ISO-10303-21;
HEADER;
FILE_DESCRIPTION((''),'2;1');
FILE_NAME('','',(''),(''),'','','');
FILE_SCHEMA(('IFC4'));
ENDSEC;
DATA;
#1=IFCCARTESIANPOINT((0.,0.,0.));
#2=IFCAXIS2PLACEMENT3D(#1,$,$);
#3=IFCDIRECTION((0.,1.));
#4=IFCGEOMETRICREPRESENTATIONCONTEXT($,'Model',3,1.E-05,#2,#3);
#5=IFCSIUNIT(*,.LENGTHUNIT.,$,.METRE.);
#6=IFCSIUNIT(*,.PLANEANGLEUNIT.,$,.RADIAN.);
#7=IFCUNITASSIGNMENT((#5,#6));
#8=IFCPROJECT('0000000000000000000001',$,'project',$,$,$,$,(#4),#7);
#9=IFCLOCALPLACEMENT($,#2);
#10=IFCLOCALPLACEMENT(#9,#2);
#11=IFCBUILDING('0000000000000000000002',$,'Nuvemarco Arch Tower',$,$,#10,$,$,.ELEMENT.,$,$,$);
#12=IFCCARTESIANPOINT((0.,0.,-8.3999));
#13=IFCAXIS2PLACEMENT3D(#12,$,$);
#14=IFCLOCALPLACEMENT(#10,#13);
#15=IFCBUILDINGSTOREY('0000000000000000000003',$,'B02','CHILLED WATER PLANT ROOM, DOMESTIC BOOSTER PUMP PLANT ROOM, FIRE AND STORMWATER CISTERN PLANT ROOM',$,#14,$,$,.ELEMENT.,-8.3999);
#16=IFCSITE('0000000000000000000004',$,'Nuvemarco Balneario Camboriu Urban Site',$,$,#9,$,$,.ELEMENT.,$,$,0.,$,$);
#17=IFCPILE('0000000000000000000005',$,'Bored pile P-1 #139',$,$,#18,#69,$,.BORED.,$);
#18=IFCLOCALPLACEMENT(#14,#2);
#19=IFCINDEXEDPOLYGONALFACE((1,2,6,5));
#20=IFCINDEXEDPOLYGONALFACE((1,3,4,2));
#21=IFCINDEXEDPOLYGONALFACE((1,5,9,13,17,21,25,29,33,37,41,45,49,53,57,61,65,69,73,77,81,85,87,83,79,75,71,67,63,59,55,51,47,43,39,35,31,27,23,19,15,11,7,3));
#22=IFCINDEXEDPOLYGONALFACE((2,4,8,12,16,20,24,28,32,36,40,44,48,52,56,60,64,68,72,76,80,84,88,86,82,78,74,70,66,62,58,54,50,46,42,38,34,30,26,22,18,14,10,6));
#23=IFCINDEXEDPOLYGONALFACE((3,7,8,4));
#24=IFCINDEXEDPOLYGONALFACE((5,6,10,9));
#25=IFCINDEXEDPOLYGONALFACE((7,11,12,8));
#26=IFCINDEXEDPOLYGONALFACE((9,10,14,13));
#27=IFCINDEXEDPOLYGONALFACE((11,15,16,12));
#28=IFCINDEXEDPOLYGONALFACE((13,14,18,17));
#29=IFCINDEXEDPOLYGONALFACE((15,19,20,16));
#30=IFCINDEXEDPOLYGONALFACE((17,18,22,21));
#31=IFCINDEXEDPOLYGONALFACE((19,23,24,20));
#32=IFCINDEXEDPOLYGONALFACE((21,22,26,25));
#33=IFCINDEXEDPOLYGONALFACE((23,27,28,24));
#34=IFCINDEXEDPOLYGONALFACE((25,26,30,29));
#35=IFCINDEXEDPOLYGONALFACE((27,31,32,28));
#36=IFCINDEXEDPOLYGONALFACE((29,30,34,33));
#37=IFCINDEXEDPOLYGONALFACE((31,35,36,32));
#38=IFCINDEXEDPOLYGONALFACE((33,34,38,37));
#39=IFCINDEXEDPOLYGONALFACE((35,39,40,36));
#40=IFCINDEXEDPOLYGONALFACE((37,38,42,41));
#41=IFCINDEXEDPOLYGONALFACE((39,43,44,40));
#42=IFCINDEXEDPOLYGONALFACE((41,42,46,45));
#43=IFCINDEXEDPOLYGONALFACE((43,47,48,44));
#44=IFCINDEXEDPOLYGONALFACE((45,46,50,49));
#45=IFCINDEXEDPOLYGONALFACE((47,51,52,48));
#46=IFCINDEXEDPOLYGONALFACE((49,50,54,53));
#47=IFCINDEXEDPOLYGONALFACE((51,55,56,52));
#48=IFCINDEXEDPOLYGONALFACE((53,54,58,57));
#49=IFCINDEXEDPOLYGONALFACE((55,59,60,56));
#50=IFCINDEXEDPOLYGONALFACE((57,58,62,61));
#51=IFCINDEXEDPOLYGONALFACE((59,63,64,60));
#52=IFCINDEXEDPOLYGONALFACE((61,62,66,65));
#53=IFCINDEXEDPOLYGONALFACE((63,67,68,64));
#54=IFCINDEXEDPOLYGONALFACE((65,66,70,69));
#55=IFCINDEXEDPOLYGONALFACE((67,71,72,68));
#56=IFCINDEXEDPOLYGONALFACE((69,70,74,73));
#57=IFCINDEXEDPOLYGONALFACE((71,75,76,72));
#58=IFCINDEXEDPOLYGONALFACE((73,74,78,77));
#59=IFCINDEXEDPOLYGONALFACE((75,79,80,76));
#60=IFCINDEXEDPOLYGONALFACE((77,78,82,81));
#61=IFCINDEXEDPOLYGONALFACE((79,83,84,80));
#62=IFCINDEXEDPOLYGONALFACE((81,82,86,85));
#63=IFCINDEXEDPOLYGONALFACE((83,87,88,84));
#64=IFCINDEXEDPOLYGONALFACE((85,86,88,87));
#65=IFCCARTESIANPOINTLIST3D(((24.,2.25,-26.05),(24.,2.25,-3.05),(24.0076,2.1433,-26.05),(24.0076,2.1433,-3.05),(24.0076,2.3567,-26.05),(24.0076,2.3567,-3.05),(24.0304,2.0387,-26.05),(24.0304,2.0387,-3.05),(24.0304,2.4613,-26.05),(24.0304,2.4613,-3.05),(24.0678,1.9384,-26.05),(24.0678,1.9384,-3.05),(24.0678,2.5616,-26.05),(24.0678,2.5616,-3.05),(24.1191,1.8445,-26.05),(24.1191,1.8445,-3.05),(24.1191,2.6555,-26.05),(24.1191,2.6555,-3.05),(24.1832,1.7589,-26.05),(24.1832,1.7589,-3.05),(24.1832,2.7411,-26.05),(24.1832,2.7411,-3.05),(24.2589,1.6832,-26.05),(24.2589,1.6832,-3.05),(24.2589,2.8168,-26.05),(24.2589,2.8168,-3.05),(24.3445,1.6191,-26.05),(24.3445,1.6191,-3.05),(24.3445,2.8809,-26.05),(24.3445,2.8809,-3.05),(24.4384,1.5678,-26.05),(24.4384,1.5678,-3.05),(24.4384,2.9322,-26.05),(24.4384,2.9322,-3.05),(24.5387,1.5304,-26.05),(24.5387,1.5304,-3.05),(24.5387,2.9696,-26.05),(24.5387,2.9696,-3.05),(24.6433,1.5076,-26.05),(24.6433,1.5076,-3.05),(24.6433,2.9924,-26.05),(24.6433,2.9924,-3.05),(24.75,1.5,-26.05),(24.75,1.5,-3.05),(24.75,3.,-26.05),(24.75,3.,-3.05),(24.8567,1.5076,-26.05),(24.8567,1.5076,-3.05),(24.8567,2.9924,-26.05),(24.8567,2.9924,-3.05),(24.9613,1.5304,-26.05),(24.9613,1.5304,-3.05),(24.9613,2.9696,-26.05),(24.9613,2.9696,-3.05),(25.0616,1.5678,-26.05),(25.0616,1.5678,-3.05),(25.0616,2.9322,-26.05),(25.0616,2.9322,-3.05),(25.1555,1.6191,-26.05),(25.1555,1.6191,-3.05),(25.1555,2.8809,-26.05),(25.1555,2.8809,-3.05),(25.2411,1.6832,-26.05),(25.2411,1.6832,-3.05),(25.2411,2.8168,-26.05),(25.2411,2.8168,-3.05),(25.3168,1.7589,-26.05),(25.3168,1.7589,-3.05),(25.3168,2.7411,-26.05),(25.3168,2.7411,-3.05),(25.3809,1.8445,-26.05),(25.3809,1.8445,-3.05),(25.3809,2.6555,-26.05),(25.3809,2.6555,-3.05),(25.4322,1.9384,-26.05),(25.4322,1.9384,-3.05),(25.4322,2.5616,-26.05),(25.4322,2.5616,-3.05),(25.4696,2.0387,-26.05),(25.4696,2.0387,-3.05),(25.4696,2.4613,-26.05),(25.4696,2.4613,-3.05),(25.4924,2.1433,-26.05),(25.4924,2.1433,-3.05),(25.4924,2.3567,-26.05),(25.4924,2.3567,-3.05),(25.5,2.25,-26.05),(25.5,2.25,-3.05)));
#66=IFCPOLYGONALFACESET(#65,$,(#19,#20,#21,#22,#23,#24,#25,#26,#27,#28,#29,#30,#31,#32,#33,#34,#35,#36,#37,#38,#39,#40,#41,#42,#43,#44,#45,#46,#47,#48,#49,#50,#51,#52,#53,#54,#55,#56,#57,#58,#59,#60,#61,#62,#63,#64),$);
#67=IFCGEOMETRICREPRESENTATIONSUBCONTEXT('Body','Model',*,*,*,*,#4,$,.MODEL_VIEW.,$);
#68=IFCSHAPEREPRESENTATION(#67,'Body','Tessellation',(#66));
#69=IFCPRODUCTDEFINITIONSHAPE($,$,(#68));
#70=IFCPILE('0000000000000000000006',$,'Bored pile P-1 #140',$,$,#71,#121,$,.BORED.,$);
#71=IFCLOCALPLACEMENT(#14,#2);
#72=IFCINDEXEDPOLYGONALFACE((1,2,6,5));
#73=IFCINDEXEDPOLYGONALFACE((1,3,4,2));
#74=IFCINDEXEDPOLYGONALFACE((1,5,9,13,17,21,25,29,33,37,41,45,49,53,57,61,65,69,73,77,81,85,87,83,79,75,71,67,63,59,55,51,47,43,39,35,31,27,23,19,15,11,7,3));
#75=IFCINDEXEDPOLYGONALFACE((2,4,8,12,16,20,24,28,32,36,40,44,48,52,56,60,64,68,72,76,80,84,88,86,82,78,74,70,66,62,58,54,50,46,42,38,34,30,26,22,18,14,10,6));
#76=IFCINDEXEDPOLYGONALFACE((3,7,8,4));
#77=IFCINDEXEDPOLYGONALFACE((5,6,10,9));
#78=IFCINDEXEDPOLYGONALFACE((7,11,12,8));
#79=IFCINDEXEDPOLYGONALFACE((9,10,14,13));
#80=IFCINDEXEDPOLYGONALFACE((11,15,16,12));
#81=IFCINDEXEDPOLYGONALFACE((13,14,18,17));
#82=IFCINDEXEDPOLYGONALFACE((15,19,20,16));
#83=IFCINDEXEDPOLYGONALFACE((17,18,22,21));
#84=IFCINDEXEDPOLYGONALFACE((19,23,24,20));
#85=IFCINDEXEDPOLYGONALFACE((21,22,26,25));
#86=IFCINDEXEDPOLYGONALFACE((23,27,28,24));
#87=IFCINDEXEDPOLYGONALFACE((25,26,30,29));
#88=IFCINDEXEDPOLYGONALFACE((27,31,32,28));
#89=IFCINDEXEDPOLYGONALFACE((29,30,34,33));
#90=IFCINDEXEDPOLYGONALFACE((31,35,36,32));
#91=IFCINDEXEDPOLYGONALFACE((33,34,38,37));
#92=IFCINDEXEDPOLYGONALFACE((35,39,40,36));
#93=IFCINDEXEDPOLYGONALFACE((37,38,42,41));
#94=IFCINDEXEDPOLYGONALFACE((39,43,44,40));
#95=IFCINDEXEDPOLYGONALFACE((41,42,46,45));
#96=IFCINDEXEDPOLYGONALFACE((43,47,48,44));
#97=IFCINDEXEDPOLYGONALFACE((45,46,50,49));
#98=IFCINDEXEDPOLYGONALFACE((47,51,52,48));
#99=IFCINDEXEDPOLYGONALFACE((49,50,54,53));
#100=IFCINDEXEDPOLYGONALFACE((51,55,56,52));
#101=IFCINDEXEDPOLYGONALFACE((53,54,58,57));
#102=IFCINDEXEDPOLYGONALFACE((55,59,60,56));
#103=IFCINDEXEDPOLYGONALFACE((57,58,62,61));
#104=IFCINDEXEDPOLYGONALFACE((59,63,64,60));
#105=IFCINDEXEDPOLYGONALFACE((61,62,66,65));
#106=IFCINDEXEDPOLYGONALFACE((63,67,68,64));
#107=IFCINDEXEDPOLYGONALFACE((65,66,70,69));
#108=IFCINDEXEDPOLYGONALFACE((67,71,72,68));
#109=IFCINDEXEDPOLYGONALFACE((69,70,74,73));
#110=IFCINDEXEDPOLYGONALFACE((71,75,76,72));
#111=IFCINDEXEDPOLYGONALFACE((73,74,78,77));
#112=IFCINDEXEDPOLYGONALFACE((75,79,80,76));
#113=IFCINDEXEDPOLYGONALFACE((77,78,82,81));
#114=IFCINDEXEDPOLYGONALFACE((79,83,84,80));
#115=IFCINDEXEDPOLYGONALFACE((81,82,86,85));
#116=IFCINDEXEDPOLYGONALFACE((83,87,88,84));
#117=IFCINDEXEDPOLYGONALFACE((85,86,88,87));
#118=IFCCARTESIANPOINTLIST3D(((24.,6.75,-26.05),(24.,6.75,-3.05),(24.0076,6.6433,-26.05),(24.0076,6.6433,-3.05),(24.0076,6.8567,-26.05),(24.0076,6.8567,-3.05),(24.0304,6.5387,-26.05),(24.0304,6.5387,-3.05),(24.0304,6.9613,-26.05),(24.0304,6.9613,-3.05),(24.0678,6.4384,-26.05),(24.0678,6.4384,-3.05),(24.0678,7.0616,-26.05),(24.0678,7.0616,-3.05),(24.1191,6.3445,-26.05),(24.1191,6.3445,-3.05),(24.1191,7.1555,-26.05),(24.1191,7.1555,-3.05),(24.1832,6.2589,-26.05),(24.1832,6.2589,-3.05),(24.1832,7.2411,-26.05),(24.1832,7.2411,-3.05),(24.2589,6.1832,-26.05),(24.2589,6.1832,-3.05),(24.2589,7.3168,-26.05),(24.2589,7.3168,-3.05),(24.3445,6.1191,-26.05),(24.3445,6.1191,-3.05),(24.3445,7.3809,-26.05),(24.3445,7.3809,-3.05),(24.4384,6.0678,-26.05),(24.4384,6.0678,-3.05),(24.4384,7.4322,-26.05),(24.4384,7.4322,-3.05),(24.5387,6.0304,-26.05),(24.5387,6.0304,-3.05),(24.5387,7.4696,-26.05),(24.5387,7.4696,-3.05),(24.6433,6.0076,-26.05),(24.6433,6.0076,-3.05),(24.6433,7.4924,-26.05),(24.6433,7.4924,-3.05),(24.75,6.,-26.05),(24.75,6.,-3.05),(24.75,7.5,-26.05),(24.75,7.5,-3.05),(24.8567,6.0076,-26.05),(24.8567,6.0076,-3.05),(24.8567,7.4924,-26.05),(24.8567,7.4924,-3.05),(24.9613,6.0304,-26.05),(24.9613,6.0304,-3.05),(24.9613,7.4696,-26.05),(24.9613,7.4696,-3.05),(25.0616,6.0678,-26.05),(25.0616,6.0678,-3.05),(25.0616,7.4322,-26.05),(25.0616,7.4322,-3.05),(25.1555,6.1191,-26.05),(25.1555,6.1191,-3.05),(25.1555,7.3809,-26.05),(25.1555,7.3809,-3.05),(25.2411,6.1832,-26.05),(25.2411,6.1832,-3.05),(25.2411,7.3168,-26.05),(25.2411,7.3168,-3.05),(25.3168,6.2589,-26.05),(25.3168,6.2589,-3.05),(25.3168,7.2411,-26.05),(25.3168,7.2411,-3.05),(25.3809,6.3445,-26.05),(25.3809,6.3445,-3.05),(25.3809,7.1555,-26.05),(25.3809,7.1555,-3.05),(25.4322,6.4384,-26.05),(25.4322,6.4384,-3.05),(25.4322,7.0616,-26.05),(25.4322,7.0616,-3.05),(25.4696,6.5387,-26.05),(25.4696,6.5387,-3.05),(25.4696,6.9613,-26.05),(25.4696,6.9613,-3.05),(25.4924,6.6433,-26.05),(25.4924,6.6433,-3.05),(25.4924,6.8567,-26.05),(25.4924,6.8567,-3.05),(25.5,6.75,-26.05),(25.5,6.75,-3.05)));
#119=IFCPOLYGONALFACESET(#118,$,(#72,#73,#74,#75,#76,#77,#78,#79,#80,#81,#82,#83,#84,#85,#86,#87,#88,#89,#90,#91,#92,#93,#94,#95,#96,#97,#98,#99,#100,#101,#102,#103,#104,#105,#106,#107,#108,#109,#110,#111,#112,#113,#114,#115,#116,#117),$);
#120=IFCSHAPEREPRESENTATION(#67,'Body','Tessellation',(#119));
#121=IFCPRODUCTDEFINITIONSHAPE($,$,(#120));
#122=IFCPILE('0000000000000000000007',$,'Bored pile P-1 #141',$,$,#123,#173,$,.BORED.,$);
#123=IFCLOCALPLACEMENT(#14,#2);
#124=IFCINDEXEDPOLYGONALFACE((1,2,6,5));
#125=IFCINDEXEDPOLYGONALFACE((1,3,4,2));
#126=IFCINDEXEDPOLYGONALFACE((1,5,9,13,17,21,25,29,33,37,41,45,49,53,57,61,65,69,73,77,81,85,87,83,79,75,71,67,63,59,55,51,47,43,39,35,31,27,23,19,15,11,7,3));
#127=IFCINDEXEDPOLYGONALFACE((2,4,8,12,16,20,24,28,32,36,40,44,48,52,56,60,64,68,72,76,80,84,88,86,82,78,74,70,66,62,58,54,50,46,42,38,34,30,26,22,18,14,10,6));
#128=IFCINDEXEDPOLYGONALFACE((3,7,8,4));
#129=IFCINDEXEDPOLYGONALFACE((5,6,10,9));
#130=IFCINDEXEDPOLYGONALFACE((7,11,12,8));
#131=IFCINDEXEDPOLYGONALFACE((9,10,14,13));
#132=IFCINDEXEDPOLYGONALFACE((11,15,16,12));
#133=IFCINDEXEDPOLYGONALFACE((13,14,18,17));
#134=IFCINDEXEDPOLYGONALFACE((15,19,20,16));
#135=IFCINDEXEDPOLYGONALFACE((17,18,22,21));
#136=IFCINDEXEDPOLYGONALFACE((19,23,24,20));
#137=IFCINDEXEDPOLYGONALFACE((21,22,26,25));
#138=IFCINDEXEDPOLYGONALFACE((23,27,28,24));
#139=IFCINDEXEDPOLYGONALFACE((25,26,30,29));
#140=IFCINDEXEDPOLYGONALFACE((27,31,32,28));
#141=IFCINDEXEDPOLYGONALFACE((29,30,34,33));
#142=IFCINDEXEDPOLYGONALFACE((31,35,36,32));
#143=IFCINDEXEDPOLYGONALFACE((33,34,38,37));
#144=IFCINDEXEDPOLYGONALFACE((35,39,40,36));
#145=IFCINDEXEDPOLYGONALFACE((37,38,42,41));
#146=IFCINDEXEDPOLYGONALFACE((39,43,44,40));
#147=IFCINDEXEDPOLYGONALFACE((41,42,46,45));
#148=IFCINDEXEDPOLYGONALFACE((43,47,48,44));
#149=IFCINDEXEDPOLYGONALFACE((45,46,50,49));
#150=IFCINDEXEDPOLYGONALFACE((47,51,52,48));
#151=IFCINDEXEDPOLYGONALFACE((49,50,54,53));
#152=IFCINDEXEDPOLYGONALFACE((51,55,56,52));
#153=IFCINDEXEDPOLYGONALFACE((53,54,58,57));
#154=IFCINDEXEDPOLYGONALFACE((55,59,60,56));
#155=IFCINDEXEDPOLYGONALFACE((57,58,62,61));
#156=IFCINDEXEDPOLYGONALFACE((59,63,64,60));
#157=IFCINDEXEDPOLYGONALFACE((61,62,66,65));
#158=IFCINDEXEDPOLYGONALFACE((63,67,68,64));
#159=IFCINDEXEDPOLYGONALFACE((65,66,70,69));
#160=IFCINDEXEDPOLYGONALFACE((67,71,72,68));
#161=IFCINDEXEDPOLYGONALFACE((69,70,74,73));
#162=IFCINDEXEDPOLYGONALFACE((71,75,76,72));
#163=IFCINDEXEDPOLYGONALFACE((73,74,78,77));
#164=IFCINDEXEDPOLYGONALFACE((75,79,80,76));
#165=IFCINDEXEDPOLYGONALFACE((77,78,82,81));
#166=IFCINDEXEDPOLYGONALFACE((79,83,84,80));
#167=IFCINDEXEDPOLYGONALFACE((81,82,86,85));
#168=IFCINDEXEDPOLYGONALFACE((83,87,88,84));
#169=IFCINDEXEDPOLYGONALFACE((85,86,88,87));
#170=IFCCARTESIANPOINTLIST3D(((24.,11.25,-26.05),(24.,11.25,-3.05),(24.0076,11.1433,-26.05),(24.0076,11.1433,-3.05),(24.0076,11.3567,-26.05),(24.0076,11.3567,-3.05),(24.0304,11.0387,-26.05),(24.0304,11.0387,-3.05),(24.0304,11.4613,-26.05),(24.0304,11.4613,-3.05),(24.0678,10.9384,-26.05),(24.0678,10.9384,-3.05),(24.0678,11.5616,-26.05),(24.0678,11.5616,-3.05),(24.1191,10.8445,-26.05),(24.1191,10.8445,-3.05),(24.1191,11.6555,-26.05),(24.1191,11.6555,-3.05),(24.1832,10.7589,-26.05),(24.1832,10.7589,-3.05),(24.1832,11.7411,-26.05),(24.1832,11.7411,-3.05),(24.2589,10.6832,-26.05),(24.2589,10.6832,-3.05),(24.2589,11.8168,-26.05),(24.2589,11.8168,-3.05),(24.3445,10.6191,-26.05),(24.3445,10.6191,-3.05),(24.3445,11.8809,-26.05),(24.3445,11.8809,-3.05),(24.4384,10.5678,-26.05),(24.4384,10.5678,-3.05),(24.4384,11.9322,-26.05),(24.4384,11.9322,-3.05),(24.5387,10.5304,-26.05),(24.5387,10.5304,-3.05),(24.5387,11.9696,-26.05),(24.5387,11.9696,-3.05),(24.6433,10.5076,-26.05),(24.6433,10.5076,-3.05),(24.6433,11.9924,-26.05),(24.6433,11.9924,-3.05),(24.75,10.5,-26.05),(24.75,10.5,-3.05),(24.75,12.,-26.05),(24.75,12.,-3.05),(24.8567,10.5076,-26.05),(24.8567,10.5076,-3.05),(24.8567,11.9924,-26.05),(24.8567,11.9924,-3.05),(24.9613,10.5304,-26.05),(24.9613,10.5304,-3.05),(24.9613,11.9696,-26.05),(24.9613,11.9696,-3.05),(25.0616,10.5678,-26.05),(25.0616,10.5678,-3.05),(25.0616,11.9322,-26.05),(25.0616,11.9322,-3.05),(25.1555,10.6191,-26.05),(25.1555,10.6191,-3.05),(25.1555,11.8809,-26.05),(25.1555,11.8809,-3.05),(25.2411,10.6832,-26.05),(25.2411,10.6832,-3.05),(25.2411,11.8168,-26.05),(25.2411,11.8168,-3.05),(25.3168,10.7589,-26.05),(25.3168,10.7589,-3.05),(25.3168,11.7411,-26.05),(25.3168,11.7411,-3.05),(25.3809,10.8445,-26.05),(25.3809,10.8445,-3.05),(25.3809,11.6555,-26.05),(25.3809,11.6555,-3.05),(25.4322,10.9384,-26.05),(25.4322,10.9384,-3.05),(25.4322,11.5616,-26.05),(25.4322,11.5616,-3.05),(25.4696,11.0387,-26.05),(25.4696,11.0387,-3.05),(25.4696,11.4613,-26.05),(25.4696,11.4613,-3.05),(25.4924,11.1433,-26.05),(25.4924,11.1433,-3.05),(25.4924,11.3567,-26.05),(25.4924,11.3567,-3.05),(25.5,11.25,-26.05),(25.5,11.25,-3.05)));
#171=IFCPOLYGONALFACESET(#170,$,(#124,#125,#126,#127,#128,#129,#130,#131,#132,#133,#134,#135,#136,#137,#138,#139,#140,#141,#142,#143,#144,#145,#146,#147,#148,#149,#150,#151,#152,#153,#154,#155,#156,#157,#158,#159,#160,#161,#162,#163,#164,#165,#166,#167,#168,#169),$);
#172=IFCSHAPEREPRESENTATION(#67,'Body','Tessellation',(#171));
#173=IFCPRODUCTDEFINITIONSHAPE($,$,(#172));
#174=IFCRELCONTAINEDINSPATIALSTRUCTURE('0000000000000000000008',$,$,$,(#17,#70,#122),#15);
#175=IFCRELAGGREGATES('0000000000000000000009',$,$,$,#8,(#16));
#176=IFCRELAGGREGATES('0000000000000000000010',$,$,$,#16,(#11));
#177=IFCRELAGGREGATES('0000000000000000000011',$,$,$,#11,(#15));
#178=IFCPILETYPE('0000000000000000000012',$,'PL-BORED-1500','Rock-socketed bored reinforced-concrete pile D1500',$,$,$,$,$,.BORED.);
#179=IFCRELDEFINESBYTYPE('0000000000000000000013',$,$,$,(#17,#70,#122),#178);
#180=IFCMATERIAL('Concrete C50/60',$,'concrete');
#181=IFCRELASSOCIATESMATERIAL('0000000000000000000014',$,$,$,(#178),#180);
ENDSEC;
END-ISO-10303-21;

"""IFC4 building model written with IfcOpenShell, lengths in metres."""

from ifc_helpers import new_model, si_unit, direction, frame, origin, origin_2d, place, context, subcontext, project, spatial, circle, extrude, material, material_profile, profile_set, type_object, element, save


model = new_model("IFC4")

# Units and contexts
model_context = context("Model", 3, precision=1e-05, world=origin(), true_north=direction((0.0, 1.0)))
body_context = subcontext(model_context, "Body", "Model", "MODEL_VIEW")
ifc_project = project(units=[si_unit("LENGTHUNIT", "METRE"), si_unit("PLANEANGLEUNIT", "RADIAN")], contexts=[model_context])

# Site, building, storey
site_placement = place(None, origin())
site = spatial("IfcSite", under=ifc_project, at=site_placement, Name="Nuvemarco Balneario Camboriu Urban Site", CompositionType="ELEMENT", RefElevation=0.0)
building_placement = place(site_placement, origin())
building = spatial("IfcBuilding", under=site, at=building_placement, Name="Nuvemarco Arch Tower", CompositionType="ELEMENT")
storey_placement = place(building_placement, frame((0.0, 0.0, -8.3999)))
storey = spatial("IfcBuildingStorey", under=building, at=storey_placement, Name="B02", Description="CHILLED WATER PLANT ROOM, DOMESTIC BOOSTER PUMP PLANT ROOM, FIRE AND STORMWATER CISTERN PLANT ROOM", CompositionType="ELEMENT", Elevation=-8.3999)

# Piles
ifc_material_1 = material(Name="Concrete C50/60", Category="concrete")
ifc_material_profile_1 = material_profile(ifc_material_1, circle(Radius=0.75, at=origin_2d()), Name="PILE-D1500")
ifc_profile_set_1 = profile_set([ifc_material_profile_1], Name="Concrete C50/60")
pile_type = type_object("IfcPileType", Name="PL-BORED-1500", Description="Rock-socketed bored reinforced-concrete pile D1500", PredefinedType="BORED", material=ifc_profile_set_1)
for number, where, z_axis, x_axis, name in (
    (1, (24.75, 2.25, -3.05), (0.0, 0.0, -1.0), (1.0, 0.0, 0.0), "Bored pile P-1 #139"),
    (2, (24.75, 6.75, -3.05), (0.0, 0.0, -1.0), (1.0, 0.0, 0.0), "Bored pile P-1 #140"),
    (3, (24.75, 11.25, -3.05), (0.0, 0.0, -1.0), (1.0, 0.0, 0.0), "Bored pile P-1 #141"),
):
    element("IfcPile", number, at=place(storey_placement, frame(where, z_axis=z_axis, x_axis=x_axis)), inside=storey, type_object=pile_type, Name=name, PredefinedType="BORED", context=body_context, shape_type="SweptSolid", body=[
        extrude(circle(Radius=0.75, at=origin_2d()), origin(), (0.0, 0.0, 1.0), 23.0),
    ])

save(model, "model.ifc")
